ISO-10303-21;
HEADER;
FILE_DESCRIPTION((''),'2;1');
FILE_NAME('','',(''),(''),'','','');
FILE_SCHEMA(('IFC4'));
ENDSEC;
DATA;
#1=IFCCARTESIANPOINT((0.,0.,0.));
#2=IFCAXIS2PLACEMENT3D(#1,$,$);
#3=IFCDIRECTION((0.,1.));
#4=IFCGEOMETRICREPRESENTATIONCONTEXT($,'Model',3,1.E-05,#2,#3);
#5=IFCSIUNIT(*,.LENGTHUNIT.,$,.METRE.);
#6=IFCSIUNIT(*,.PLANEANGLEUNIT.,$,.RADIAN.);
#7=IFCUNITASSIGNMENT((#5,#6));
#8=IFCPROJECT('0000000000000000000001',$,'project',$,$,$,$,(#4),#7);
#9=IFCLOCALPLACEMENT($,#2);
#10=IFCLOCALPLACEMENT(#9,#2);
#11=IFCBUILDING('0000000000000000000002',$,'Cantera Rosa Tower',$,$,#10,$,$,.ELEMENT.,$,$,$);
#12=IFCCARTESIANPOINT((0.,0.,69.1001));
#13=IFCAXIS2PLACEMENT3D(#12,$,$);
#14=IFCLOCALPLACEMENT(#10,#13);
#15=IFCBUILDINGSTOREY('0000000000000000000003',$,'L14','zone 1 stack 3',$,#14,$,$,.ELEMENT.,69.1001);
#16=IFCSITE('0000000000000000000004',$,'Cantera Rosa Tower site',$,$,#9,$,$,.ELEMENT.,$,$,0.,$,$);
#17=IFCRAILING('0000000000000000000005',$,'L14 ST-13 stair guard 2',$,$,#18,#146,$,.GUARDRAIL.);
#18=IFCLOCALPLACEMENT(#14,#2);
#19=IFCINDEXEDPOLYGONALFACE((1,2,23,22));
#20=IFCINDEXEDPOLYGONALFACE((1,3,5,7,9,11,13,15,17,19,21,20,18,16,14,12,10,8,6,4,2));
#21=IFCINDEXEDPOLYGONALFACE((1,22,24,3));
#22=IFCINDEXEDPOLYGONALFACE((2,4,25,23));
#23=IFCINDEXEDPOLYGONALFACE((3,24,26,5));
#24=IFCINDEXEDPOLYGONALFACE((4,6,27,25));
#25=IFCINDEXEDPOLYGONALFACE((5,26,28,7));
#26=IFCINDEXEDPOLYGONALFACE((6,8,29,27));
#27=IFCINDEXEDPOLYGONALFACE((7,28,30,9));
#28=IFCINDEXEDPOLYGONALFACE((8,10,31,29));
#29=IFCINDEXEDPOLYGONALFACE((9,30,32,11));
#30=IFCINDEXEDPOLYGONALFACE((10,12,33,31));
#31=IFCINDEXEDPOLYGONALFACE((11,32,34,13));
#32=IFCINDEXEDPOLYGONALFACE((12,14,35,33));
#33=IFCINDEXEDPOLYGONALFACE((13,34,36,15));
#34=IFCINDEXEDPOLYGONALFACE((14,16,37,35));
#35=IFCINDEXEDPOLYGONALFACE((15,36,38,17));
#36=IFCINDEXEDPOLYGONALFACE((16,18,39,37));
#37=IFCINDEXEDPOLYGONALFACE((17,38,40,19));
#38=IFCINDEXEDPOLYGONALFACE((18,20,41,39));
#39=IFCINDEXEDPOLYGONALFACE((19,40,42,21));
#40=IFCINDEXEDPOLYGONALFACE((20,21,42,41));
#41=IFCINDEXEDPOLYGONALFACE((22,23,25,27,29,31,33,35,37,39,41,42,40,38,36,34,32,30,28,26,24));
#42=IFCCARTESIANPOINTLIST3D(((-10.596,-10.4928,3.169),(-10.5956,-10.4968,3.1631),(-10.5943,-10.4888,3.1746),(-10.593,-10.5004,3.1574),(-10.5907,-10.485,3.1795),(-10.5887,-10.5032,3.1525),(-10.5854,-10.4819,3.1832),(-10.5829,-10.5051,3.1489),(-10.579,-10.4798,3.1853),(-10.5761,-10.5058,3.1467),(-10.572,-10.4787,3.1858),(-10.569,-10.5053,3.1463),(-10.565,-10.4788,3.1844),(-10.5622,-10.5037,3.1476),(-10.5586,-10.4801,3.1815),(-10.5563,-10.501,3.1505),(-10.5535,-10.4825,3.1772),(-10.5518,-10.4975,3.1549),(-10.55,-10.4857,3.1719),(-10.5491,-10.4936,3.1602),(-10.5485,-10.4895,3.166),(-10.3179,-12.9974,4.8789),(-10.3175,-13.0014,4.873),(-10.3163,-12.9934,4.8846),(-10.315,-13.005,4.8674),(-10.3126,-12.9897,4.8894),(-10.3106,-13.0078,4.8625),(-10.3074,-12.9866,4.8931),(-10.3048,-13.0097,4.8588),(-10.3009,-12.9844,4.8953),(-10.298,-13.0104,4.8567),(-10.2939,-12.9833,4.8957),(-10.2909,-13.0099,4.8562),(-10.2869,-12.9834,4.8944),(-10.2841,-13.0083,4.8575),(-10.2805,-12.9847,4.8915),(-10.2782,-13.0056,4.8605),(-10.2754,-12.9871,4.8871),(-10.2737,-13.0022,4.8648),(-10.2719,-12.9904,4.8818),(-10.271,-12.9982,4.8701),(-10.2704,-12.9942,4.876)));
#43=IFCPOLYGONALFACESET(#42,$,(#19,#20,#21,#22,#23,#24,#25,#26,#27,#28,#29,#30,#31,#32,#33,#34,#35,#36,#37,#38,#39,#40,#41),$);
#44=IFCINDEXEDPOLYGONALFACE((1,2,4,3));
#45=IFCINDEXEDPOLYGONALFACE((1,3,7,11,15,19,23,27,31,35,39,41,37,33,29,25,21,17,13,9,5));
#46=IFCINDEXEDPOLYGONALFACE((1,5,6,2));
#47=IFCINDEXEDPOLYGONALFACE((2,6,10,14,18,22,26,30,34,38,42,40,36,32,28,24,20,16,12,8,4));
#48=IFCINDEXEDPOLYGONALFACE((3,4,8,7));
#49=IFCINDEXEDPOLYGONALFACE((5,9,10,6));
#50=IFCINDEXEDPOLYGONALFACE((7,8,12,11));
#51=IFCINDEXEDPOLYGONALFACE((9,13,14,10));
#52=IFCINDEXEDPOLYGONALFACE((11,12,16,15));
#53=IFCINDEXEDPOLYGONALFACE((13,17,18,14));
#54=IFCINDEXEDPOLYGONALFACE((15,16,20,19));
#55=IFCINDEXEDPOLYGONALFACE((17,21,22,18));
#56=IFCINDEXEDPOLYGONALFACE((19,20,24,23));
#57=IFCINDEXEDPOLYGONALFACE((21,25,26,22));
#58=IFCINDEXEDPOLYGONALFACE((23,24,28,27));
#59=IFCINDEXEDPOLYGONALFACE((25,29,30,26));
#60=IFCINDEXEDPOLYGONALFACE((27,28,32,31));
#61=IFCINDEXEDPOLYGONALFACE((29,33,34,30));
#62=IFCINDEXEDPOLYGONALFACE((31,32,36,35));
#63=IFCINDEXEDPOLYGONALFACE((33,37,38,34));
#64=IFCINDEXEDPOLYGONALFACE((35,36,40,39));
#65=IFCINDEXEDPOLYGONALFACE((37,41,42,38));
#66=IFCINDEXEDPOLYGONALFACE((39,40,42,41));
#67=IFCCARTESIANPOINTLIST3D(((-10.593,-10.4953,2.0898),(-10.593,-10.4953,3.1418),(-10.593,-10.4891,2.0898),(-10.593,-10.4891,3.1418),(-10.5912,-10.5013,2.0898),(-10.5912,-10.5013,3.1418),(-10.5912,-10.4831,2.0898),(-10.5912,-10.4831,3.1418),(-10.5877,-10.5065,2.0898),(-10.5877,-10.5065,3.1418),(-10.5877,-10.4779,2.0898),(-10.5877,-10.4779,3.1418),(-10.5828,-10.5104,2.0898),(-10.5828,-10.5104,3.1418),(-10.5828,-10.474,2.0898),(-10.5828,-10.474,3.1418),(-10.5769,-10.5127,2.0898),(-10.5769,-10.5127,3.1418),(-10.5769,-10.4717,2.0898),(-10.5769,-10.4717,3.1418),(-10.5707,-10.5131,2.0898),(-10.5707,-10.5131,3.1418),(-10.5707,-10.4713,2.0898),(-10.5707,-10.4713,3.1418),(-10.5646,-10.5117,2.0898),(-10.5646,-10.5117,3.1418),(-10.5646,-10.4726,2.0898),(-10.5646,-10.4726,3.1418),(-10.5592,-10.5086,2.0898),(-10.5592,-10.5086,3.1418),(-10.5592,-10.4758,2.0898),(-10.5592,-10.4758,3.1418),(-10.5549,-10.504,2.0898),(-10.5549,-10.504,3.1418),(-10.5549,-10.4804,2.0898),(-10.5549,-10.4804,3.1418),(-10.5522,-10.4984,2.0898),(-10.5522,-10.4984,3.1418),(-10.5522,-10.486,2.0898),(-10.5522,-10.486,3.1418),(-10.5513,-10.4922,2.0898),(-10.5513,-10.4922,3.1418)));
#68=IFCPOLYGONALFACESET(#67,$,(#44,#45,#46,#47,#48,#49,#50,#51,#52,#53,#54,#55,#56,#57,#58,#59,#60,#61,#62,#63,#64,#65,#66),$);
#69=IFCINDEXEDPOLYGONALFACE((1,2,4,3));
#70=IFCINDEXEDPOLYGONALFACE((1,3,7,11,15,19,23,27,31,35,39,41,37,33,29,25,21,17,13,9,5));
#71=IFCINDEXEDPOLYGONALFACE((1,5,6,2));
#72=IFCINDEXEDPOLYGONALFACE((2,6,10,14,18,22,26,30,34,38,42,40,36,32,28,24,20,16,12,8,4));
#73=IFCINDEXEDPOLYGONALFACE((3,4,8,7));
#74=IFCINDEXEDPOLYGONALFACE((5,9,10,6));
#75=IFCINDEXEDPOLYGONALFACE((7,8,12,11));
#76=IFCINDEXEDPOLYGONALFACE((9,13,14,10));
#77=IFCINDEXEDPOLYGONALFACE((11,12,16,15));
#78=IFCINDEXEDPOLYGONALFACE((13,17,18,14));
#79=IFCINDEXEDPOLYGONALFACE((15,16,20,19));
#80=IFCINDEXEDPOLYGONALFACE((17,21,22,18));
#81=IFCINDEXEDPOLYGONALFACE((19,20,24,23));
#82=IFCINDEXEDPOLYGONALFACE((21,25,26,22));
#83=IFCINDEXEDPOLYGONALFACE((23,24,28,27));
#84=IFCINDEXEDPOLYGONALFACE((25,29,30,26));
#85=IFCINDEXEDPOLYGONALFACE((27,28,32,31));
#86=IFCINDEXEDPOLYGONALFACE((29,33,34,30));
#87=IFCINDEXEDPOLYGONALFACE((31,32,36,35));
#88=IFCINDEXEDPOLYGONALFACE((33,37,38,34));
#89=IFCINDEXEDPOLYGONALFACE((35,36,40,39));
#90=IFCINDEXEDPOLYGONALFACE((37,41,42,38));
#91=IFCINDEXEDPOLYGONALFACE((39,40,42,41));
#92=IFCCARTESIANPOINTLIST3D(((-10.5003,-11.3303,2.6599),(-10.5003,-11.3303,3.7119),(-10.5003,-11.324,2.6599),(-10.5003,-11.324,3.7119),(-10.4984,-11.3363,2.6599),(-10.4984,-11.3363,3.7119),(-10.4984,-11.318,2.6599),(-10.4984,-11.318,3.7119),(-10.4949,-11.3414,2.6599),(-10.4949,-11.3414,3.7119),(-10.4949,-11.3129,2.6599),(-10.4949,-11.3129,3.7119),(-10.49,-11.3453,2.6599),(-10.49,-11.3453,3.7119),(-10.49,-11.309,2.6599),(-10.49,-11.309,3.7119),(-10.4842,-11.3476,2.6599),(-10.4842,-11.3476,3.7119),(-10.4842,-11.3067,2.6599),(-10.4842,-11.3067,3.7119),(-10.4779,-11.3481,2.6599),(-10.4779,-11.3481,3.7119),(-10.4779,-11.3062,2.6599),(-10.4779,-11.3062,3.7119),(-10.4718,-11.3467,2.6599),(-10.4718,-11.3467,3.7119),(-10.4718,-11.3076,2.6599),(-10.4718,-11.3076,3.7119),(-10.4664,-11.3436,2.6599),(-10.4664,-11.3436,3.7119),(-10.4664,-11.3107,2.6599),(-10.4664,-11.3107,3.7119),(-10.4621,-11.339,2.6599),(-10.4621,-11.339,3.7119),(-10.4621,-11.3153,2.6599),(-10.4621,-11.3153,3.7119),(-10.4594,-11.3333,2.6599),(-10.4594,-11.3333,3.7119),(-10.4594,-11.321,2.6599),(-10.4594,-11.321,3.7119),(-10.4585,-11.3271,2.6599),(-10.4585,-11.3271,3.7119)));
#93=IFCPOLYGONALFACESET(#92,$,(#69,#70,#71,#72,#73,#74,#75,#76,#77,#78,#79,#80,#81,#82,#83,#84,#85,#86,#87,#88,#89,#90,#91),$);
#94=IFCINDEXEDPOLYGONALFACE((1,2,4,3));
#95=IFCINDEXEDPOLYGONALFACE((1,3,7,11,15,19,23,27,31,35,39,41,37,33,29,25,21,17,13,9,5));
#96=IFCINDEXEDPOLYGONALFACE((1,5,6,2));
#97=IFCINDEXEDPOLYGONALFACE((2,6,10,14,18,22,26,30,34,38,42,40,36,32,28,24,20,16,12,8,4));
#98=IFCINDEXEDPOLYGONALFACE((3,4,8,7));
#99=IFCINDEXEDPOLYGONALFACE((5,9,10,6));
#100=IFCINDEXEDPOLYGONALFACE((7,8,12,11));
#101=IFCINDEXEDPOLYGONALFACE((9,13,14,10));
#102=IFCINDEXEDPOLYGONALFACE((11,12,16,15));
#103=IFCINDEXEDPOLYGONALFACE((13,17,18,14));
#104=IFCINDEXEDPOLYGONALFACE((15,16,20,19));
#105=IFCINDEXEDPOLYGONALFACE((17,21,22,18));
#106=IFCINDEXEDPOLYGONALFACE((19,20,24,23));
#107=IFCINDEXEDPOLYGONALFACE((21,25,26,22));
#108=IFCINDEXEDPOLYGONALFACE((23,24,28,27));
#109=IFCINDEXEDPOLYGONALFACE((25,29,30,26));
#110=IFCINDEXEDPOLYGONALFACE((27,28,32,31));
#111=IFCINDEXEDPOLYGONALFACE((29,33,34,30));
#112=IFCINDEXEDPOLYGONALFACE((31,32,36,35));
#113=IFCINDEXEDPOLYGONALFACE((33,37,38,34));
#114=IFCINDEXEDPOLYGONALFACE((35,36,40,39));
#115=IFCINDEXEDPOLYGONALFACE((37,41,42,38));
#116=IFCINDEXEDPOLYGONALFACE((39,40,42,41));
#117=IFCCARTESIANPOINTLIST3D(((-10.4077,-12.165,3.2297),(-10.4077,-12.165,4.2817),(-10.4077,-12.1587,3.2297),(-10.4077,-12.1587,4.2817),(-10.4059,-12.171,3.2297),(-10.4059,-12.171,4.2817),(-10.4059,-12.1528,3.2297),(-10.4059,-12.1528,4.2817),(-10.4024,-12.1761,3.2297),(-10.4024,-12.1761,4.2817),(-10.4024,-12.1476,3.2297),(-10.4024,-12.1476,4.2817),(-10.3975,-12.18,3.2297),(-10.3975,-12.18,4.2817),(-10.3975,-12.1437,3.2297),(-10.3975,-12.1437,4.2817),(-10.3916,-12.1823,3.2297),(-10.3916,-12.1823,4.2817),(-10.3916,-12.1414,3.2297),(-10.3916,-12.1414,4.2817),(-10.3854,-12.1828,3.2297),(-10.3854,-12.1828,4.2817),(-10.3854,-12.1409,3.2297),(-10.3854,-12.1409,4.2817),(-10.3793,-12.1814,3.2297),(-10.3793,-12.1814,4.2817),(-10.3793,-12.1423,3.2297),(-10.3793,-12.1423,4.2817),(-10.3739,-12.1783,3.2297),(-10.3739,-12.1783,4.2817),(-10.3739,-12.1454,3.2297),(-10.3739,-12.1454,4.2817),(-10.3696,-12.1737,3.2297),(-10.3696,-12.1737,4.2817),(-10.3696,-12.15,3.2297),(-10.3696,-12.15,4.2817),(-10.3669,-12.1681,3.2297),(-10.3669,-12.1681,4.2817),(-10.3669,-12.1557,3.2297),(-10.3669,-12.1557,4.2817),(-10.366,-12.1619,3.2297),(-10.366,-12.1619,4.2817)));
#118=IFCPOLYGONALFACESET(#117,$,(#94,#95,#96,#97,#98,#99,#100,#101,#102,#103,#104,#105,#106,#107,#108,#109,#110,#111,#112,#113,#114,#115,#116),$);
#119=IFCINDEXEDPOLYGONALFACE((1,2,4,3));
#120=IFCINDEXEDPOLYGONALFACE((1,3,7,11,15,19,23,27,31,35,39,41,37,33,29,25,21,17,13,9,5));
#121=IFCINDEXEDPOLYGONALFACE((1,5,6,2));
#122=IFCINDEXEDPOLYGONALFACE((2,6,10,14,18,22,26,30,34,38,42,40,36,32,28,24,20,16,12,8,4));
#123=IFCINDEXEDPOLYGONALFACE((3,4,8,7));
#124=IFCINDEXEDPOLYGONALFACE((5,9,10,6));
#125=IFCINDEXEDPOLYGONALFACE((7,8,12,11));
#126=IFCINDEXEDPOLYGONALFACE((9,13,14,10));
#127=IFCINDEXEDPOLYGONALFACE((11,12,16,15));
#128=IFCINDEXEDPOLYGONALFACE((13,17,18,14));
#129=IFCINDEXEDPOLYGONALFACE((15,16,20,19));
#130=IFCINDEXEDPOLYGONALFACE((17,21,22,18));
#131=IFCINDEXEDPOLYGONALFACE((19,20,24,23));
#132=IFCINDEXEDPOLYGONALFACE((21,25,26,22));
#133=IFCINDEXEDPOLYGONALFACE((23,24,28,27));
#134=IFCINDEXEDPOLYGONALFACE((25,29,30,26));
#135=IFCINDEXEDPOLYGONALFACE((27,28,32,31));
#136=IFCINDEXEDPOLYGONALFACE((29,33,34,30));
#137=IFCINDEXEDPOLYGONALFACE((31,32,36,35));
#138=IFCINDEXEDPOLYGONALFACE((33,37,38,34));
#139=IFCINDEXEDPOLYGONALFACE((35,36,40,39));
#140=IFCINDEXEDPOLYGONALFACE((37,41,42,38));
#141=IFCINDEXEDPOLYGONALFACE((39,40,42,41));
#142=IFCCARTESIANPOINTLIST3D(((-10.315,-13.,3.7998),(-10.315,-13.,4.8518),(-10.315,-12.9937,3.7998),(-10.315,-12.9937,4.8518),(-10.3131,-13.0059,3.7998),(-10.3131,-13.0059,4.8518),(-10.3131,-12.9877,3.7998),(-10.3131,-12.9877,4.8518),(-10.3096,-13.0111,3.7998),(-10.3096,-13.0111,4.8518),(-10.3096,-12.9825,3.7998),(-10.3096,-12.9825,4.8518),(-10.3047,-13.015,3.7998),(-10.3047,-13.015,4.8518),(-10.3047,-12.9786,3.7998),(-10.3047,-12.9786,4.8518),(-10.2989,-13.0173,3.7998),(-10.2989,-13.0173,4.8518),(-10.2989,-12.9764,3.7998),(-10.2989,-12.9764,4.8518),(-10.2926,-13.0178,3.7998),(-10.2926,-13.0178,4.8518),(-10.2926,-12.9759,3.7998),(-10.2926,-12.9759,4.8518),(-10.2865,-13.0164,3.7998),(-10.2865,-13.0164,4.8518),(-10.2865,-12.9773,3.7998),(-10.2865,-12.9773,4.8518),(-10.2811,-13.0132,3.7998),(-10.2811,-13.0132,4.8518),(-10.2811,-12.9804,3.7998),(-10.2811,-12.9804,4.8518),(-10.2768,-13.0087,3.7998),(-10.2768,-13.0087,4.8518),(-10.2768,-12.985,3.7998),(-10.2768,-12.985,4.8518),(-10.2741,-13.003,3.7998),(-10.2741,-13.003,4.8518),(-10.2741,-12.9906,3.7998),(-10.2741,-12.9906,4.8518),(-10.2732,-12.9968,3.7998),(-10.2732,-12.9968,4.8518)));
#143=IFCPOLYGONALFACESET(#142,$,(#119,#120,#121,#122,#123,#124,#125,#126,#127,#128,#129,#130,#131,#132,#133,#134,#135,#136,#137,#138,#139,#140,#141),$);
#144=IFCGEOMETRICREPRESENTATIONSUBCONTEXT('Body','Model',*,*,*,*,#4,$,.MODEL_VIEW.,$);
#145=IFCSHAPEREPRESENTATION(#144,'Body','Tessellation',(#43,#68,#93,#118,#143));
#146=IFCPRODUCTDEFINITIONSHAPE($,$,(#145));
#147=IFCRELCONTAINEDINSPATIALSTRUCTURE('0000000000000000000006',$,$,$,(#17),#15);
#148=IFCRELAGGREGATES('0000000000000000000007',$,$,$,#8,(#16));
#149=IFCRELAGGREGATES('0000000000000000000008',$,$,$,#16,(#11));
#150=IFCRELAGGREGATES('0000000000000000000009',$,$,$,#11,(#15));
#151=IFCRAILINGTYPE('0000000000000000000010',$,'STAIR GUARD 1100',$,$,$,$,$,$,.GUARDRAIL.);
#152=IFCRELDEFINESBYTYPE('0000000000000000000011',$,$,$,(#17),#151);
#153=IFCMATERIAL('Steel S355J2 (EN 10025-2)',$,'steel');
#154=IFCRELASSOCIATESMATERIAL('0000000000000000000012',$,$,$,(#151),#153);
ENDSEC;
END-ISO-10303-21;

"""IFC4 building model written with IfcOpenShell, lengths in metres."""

from ifc_helpers import new_model, si_unit, direction, frame, origin, origin_2d, place, context, subcontext, project, spatial, circle, extrude, material, type_object, element, save


model = new_model("IFC4")

# Units and contexts
model_context = context("Model", 3, precision=1e-05, world=origin(), true_north=direction((0.0, 1.0)))
body_context = subcontext(model_context, "Body", "Model", "MODEL_VIEW")
ifc_project = project(units=[si_unit("LENGTHUNIT", "METRE"), si_unit("PLANEANGLEUNIT", "RADIAN")], contexts=[model_context])

# Site, building, storey
site_placement = place(None, origin())
site = spatial("IfcSite", under=ifc_project, at=site_placement, Name="Cantera Rosa Tower site", CompositionType="ELEMENT", RefElevation=0.0)
building_placement = place(site_placement, origin())
building = spatial("IfcBuilding", under=site, at=building_placement, Name="Cantera Rosa Tower", CompositionType="ELEMENT")
storey_placement = place(building_placement, frame((0.0, 0.0, 69.1001)))
storey = spatial("IfcBuildingStorey", under=building, at=storey_placement, Name="L14", Description="zone 1 stack 3", CompositionType="ELEMENT", Elevation=69.1001)

# Railing
ifc_material_1 = material(Name="Steel S355J2 (EN 10025-2)", Category="steel")
railing_type_1 = type_object("IfcRailingType", Name="STAIR GUARD 1100", PredefinedType="GUARDRAIL", material=ifc_material_1)
railing_1_placement = place(storey_placement, frame((-10.5723, -10.4922, 2.0898)))
element("IfcRailing", 1, at=railing_1_placement, inside=storey, type_object=railing_type_1, Name="L14 ST-13 stair guard 2", PredefinedType="GUARDRAIL", context=body_context, shape_type="SweptSolid", body=[
    extrude(circle(Radius=0.0239, at=origin_2d()), frame((0.0, 0.0, 1.0762), z_axis=(0.09131, -0.822431, 0.561488), x_axis=(0.993893, 0.110346, 0.0)), (0.0, 0.0, 1.0), 3.0454),
    extrude(circle(Radius=0.021, at=origin_2d()), origin(), (0.0, 0.0, 1.0), 1.052),
    extrude(circle(Radius=0.021, at=origin_2d()), frame((0.0928, -0.835, 0.5701)), (0.0, 0.0, 1.0), 1.052),
    extrude(circle(Radius=0.021, at=origin_2d()), frame((0.1853, -1.6697, 1.1399)), (0.0, 0.0, 1.0), 1.052),
    extrude(circle(Radius=0.021, at=origin_2d()), frame((0.2781, -2.5046, 1.71)), (0.0, 0.0, 1.0), 1.052),
])

save(model, "model.ifc")
